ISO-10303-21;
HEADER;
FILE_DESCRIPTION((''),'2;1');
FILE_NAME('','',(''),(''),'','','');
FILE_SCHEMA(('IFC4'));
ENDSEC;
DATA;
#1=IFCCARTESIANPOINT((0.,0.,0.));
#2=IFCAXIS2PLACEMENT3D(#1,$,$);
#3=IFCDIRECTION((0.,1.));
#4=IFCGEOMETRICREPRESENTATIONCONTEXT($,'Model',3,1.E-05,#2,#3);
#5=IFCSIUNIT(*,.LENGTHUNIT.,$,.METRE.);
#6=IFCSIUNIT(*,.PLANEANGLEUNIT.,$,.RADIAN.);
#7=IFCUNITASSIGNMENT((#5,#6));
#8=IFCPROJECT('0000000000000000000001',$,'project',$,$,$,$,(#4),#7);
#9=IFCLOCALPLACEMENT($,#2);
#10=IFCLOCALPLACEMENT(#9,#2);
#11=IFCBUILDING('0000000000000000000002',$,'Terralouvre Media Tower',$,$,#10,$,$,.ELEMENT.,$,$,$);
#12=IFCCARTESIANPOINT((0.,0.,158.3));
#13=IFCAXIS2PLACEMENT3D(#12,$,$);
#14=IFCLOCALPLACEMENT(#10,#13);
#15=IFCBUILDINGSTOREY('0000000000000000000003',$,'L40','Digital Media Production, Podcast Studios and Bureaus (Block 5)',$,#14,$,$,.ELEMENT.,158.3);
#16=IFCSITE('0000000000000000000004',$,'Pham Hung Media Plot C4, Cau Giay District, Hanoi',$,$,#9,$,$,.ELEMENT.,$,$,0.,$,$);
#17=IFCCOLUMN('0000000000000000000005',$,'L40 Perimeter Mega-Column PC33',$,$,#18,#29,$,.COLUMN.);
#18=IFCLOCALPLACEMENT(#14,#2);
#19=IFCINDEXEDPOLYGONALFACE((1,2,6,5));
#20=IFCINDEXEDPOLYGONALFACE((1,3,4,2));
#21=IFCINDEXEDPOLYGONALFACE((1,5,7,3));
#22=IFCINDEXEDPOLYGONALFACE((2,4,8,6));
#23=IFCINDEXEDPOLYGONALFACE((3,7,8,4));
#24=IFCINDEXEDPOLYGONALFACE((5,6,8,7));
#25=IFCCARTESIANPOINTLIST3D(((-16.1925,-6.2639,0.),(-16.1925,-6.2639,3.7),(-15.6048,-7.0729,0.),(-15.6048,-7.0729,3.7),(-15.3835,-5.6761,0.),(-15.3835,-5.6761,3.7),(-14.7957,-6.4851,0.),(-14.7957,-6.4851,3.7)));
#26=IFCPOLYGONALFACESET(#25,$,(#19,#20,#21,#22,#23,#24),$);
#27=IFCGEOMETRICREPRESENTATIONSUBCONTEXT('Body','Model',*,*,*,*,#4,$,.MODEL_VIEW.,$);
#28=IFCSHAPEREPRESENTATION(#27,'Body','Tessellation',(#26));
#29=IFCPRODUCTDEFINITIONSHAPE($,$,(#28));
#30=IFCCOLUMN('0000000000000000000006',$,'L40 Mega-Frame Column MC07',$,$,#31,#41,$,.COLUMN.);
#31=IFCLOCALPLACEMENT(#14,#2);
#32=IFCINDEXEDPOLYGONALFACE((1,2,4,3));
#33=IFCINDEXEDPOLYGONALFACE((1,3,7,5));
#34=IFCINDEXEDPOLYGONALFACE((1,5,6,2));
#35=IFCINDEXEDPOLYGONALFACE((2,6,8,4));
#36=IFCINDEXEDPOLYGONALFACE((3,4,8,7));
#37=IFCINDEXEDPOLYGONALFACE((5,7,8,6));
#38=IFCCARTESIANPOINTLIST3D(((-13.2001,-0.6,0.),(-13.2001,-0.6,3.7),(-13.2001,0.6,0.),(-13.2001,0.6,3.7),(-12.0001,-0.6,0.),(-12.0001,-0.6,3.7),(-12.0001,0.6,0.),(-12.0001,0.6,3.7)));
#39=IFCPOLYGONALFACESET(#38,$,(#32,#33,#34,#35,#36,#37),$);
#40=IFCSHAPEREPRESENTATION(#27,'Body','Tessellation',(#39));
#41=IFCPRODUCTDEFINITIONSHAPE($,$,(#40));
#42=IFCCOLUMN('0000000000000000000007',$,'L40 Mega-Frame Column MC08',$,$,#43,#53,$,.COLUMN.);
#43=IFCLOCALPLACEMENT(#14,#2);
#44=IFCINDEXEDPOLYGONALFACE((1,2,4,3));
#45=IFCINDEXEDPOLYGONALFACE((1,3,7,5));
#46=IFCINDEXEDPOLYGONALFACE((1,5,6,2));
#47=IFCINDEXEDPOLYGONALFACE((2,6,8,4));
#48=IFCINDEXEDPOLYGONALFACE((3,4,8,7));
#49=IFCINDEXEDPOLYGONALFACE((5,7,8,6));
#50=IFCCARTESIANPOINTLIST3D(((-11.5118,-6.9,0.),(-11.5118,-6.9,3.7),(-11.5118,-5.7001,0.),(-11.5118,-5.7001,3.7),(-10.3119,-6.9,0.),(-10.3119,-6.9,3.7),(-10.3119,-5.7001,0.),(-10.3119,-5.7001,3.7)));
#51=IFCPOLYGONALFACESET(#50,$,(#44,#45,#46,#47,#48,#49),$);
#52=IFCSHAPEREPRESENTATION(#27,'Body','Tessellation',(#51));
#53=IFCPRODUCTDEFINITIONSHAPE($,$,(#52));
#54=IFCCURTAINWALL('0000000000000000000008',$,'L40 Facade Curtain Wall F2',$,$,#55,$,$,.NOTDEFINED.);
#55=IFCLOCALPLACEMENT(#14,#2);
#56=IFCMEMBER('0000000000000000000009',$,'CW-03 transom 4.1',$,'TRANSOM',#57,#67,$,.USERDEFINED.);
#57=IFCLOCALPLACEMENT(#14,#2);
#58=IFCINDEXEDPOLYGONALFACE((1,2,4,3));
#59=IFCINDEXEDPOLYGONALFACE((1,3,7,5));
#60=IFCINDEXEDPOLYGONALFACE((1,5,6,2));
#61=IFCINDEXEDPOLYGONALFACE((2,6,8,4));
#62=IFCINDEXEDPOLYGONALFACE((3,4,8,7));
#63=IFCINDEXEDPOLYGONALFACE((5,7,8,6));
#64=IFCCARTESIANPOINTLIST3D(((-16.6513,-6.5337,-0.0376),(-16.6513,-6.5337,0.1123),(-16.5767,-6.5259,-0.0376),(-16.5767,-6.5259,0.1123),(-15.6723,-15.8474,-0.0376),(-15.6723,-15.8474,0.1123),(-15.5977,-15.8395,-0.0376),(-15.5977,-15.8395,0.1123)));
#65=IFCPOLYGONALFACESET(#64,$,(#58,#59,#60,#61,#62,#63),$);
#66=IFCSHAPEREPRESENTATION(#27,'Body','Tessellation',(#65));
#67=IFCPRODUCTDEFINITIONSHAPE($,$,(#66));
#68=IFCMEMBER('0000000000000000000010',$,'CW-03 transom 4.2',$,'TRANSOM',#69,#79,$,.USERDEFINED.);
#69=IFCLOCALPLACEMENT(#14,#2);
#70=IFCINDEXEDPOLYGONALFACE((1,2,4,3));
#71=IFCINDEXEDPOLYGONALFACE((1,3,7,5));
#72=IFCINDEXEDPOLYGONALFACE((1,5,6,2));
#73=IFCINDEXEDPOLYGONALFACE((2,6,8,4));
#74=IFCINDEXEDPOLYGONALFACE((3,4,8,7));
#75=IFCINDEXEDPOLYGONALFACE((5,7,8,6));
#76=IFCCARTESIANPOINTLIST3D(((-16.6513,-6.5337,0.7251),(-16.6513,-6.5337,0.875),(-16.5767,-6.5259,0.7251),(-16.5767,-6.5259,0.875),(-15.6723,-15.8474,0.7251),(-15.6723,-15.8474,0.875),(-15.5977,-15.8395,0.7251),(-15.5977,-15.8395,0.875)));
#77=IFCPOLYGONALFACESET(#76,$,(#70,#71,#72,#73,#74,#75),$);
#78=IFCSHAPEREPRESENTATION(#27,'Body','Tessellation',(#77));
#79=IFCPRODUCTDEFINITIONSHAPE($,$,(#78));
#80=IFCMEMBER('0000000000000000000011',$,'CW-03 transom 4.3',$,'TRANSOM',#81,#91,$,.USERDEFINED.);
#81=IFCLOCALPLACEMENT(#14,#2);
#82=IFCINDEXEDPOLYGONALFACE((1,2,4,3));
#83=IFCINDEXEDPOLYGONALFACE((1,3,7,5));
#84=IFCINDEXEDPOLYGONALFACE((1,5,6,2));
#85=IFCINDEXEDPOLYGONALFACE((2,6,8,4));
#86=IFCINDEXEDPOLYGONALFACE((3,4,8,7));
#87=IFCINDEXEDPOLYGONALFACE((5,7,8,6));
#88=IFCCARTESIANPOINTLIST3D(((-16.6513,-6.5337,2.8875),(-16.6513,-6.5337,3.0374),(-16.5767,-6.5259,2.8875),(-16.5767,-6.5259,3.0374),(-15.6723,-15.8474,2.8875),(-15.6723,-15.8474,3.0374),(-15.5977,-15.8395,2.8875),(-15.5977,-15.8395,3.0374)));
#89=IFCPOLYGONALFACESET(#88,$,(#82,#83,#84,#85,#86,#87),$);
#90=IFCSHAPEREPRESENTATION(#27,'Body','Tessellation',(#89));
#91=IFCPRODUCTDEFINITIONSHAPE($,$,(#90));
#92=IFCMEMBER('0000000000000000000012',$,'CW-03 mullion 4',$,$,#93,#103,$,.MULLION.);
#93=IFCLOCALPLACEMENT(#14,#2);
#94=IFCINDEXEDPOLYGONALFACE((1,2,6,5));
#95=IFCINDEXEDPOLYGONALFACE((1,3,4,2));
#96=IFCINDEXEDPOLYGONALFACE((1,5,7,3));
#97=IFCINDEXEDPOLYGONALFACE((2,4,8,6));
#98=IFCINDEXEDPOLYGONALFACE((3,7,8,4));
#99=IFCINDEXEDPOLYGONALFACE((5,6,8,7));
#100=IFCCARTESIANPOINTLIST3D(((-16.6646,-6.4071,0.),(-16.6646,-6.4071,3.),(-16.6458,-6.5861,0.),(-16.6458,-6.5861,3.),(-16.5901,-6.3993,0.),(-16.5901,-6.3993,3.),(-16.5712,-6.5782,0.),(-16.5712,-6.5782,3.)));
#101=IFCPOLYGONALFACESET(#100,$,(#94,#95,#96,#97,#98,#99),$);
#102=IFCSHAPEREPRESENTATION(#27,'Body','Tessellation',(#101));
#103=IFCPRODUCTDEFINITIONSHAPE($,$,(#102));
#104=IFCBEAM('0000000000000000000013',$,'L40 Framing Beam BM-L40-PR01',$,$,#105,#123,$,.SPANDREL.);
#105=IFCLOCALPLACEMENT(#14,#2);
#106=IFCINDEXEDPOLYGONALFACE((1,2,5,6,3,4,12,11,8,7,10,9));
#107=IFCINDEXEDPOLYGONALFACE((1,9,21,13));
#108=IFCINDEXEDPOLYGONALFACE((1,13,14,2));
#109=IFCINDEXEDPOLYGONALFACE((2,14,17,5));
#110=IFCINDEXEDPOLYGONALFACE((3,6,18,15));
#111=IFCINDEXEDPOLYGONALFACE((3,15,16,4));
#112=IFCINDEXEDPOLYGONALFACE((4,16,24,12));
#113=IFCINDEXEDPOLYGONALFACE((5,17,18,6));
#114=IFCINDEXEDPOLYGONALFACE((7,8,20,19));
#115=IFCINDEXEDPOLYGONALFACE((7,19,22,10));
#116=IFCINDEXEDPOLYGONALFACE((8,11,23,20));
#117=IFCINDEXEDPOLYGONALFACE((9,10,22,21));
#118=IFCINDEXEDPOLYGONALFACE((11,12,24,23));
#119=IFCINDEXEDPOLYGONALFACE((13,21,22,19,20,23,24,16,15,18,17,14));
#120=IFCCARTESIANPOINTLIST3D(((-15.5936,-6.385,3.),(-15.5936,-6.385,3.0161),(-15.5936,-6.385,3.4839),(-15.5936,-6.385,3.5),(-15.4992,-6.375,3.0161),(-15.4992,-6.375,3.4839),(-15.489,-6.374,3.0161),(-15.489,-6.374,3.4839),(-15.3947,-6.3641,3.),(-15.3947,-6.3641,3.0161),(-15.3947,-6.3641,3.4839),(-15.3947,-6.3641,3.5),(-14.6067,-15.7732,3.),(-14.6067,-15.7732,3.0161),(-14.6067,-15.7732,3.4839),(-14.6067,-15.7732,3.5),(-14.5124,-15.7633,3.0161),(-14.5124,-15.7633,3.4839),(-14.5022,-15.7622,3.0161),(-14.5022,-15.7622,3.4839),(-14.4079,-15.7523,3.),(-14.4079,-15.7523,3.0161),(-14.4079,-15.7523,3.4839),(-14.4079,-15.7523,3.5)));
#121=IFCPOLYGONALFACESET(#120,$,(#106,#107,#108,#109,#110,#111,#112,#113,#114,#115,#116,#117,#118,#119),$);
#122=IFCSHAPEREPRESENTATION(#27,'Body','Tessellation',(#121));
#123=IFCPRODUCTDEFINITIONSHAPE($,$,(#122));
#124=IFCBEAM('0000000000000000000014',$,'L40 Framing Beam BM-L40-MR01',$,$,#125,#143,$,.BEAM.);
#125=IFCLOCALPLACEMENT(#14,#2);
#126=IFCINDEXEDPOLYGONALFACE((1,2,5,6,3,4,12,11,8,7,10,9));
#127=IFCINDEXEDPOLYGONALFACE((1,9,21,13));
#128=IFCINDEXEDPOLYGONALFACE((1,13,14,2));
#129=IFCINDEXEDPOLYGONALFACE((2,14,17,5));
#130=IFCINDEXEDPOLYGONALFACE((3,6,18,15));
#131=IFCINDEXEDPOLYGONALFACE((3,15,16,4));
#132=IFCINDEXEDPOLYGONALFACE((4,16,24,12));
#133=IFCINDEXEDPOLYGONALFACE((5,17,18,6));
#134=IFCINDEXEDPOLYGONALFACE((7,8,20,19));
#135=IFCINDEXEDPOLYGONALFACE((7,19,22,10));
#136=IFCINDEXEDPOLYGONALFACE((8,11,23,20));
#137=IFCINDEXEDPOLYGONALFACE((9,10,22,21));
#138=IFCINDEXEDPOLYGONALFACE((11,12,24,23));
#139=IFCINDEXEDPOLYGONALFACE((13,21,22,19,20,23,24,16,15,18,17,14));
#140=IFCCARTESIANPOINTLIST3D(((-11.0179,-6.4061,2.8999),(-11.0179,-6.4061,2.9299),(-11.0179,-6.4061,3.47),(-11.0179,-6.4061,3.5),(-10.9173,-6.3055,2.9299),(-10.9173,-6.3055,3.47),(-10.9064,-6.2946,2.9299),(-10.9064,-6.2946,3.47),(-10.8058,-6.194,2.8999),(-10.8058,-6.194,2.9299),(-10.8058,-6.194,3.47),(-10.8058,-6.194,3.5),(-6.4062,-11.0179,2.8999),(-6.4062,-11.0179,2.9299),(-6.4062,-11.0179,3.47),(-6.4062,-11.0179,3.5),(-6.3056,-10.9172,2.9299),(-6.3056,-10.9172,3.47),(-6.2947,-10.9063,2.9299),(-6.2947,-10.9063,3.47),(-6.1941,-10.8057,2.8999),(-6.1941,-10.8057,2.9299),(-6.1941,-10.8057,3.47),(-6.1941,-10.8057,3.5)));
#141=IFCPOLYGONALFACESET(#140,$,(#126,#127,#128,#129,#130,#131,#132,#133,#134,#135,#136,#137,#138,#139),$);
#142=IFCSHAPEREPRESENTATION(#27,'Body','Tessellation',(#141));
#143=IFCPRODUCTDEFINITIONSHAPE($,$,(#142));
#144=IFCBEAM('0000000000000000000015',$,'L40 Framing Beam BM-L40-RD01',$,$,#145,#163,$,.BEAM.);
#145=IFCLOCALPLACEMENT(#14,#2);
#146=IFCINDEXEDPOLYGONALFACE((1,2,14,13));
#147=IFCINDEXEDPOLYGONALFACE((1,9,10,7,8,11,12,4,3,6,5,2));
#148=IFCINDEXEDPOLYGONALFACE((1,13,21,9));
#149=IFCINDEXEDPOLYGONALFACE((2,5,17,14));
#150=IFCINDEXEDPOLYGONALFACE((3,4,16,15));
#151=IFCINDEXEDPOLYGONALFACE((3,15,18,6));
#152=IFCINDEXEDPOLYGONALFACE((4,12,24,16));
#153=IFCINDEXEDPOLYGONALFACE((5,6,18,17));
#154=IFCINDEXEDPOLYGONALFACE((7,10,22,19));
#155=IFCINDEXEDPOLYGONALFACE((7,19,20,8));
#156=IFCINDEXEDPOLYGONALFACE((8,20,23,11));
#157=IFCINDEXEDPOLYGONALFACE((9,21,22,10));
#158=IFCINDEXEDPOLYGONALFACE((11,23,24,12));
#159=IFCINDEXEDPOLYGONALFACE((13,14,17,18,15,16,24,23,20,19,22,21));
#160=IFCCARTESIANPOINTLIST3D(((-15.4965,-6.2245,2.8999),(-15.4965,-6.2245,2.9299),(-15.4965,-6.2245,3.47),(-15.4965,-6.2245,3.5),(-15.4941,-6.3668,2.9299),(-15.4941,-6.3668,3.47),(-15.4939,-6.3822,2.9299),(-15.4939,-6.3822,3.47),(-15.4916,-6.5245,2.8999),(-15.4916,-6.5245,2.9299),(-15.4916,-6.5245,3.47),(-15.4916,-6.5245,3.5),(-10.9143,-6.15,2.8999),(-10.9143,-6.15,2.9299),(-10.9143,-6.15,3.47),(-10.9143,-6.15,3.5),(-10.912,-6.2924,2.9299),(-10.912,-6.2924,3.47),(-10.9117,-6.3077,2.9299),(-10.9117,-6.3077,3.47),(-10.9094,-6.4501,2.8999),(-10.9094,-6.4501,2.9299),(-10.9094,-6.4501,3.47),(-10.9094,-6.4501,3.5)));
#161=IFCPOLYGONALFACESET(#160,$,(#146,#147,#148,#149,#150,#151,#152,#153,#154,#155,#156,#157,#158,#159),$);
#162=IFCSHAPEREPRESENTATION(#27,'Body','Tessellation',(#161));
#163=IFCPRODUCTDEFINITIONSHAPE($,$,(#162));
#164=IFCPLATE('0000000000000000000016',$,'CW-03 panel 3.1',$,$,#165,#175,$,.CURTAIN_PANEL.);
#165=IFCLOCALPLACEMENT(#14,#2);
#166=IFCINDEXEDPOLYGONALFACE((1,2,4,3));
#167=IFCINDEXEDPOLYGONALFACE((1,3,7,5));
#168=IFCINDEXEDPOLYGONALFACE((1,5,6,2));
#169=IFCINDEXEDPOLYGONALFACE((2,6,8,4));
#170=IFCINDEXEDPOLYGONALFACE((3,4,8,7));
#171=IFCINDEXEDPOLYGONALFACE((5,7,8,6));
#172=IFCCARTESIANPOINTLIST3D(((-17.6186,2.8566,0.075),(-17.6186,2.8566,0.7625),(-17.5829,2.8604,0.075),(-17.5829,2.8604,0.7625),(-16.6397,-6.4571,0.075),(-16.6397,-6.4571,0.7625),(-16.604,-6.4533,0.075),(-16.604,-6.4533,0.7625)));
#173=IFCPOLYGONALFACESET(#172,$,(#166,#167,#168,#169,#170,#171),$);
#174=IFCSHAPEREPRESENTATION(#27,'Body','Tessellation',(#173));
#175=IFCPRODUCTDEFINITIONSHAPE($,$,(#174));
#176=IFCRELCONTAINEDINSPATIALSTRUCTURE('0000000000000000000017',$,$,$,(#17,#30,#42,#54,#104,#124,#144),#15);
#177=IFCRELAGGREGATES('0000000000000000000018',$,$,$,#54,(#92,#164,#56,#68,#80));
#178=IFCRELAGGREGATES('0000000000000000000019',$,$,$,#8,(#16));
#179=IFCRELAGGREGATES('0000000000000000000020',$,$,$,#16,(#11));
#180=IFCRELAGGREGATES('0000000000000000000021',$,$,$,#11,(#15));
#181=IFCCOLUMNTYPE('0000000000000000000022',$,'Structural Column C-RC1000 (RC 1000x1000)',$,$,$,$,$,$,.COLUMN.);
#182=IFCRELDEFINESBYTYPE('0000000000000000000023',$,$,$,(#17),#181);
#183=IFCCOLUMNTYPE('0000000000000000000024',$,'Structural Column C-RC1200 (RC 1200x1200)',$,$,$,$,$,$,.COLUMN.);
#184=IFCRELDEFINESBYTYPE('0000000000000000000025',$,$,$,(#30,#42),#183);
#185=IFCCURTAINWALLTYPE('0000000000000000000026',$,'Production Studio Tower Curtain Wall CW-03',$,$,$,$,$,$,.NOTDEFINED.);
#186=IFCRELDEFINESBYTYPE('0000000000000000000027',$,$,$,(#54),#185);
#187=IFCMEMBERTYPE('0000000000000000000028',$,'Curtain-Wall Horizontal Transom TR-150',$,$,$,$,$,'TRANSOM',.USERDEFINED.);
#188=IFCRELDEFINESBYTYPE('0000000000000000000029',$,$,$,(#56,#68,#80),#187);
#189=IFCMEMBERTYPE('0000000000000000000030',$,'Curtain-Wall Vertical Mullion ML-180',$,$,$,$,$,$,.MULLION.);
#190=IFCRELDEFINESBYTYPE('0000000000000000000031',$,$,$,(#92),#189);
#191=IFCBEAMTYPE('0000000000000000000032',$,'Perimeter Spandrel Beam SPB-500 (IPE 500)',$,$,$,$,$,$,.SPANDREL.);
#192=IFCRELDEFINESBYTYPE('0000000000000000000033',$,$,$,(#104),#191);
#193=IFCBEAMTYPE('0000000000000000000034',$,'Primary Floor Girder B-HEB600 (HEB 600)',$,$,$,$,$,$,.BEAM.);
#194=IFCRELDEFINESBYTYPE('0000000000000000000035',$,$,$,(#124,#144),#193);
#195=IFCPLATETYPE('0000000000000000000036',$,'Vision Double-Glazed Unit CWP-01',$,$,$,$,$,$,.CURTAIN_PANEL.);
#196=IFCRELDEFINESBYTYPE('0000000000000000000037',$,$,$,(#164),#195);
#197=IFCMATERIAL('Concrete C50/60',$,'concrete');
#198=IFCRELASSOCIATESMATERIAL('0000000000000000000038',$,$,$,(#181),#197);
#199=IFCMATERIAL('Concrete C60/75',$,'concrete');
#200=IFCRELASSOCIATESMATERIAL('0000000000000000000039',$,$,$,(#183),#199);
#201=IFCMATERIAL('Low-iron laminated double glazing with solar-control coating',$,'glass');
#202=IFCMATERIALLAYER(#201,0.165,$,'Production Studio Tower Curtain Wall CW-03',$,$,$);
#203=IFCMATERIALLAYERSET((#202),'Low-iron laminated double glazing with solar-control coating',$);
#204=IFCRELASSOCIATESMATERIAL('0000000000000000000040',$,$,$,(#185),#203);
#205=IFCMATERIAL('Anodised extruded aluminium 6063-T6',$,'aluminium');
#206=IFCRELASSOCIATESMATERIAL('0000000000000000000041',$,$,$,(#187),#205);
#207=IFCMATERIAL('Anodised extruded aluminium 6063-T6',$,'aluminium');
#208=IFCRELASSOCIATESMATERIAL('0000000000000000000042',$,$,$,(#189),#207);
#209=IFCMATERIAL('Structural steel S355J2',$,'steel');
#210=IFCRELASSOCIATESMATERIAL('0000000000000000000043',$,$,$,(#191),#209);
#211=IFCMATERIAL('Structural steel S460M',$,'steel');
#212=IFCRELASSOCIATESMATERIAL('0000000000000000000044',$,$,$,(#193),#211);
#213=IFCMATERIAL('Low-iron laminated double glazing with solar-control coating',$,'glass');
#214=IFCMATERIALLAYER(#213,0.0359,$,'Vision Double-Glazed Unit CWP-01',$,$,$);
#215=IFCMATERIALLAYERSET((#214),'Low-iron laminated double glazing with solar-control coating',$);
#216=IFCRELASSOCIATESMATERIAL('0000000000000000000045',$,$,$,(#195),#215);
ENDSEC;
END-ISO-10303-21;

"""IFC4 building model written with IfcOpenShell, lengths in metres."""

from ifc_helpers import new_model, si_unit, direction, frame, origin, origin_2d, place, context, subcontext, project, spatial, rectangle, i_section, extrude, material, layer, layer_set, material_profile, profile_set, type_object, element, aggregate, save


model = new_model("IFC4")

# Units and contexts
model_context = context("Model", 3, precision=1e-05, world=origin(), true_north=direction((0.0, 1.0)))
body_context = subcontext(model_context, "Body", "Model", "MODEL_VIEW")
ifc_project = project(units=[si_unit("LENGTHUNIT", "METRE"), si_unit("PLANEANGLEUNIT", "RADIAN")], contexts=[model_context])

# Site, building, storey
site_placement = place(None, origin())
site = spatial("IfcSite", under=ifc_project, at=site_placement, Name="Pham Hung Media Plot C4, Cau Giay District, Hanoi", CompositionType="ELEMENT", RefElevation=0.0)
building_placement = place(site_placement, origin())
building = spatial("IfcBuilding", under=site, at=building_placement, Name="Terralouvre Media Tower", CompositionType="ELEMENT")
storey_placement = place(building_placement, frame((0.0, 0.0, 158.3)))
storey = spatial("IfcBuildingStorey", under=building, at=storey_placement, Name="L40", Description="Digital Media Production, Podcast Studios and Bureaus (Block 5)", CompositionType="ELEMENT", Elevation=158.3)

# Columns
ifc_material_1 = material(Name="Concrete C50/60", Category="concrete")
ifc_material_profile_1 = material_profile(ifc_material_1, rectangle(XDim=1.0, YDim=1.0, at=origin_2d()), Name="RC 1000x1000")
ifc_profile_set_1 = profile_set([ifc_material_profile_1], Name="Concrete C50/60")
column_type_1 = type_object("IfcColumnType", Name="Structural Column C-RC1000 (RC 1000x1000)", PredefinedType="COLUMN", material=ifc_profile_set_1)
column_placement = place(storey_placement, frame((-15.4941, -6.3745, 0.0), z_axis=(0.0, 0.0, 1.0), x_axis=(0.809017, 0.587785, 0.0)))
element("IfcColumn", 1, at=column_placement, inside=storey, type_object=column_type_1, Name="L40 Perimeter Mega-Column PC33", PredefinedType="COLUMN", context=body_context, shape_type="SweptSolid", body=[
    extrude(rectangle(XDim=1.0, YDim=1.0, at=origin_2d()), origin(), (0.0, 0.0, 1.0), 3.7),
])
ifc_material_2 = material(Name="Concrete C60/75", Category="concrete")
ifc_material_profile_2 = material_profile(ifc_material_2, rectangle(XDim=1.2, YDim=1.2, at=origin_2d()), Name="RC 1200x1200")
ifc_profile_set_2 = profile_set([ifc_material_profile_2], Name="Concrete C60/75")
column_type_2 = type_object("IfcColumnType", Name="Structural Column C-RC1200 (RC 1200x1200)", PredefinedType="COLUMN", material=ifc_profile_set_2)
for number, where, z_axis, x_axis, name in (
    (2, (-12.6001, 0.0, 0.0), (0.0, 0.0, 1.0), (1.0, 0.0, 0.0), "L40 Mega-Frame Column MC07"),
    (3, (-10.9119, -6.3, 0.0), (0.0, 0.0, 1.0), (1.0, 0.0, 0.0), "L40 Mega-Frame Column MC08"),
):
    element("IfcColumn", number, at=place(storey_placement, frame(where, z_axis=z_axis, x_axis=x_axis)), inside=storey, type_object=column_type_2, Name=name, PredefinedType="COLUMN", context=body_context, shape_type="SweptSolid", body=[
        extrude(rectangle(XDim=1.2, YDim=1.2, at=origin_2d()), origin(), (0.0, 0.0, 1.0), 3.7),
    ])

# Curtain wall, members
ifc_material_3 = material(Name="Low-iron laminated double glazing with solar-control coating", Category="glass")
ifc_layer_1 = layer(ifc_material_3, 0.165, Name="Production Studio Tower Curtain Wall CW-03")
ifc_layer_set_1 = layer_set([ifc_layer_1], Name="Low-iron laminated double glazing with solar-control coating")
curtain_wall_type = type_object("IfcCurtainWallType", Name="Production Studio Tower Curtain Wall CW-03", PredefinedType="NOTDEFINED", material=ifc_layer_set_1)
curtain_wall_placement = place(storey_placement, origin())
curtain_wall = element("IfcCurtainWall", 4, at=curtain_wall_placement, inside=storey, type_object=curtain_wall_type, Name="L40 Facade Curtain Wall F2", PredefinedType="NOTDEFINED")
ifc_material_4 = material(Name="Anodised extruded aluminium 6063-T6", Category="aluminium")
ifc_material_profile_3 = material_profile(ifc_material_4, rectangle(XDim=0.075, YDim=0.1499, at=origin_2d()), Name="ALU 75x150")
ifc_profile_set_3 = profile_set([ifc_material_profile_3], Name="Anodised extruded aluminium 6063-T6")
member_type_1 = type_object("IfcMemberType", Name="Curtain-Wall Horizontal Transom TR-150", ElementType="TRANSOM", PredefinedType="USERDEFINED", material=ifc_profile_set_3)
member_1_placement = place(storey_placement, frame((-16.614, -6.5298, 0.0374), z_axis=(0.104538, -0.994521, 0.0), x_axis=(0.994521, 0.104538, 0.0)))
member_1 = element("IfcMember", 5, at=member_1_placement, type_object=member_type_1, Name="CW-03 transom 4.1", ObjectType="TRANSOM", PredefinedType="USERDEFINED", context=body_context, shape_type="SweptSolid", body=[
    extrude(rectangle(XDim=0.075, YDim=0.1499, at=origin_2d()), origin(), (0.0, 0.0, 1.0), 9.365),
])
member_2_placement = place(storey_placement, frame((-16.614, -6.5298, 0.8), z_axis=(0.104538, -0.994521, 0.0), x_axis=(0.994521, 0.104538, 0.0)))
member_2 = element("IfcMember", 6, at=member_2_placement, type_object=member_type_1, Name="CW-03 transom 4.2", ObjectType="TRANSOM", PredefinedType="USERDEFINED", context=body_context, shape_type="SweptSolid", body=[
    extrude(rectangle(XDim=0.075, YDim=0.1499, at=origin_2d()), origin(), (0.0, 0.0, 1.0), 9.365),
])
member_3_placement = place(storey_placement, frame((-16.614, -6.5298, 2.9624), z_axis=(0.104538, -0.994521, 0.0), x_axis=(0.994521, 0.104538, 0.0)))
member_3 = element("IfcMember", 7, at=member_3_placement, type_object=member_type_1, Name="CW-03 transom 4.3", ObjectType="TRANSOM", PredefinedType="USERDEFINED", context=body_context, shape_type="SweptSolid", body=[
    extrude(rectangle(XDim=0.075, YDim=0.1499, at=origin_2d()), origin(), (0.0, 0.0, 1.0), 9.365),
])
ifc_material_5 = material(Name="Anodised extruded aluminium 6063-T6", Category="aluminium")
ifc_material_profile_4 = material_profile(ifc_material_5, rectangle(XDim=0.075, YDim=0.1799, at=origin_2d()), Name="ALU 75x180")
ifc_profile_set_4 = profile_set([ifc_material_profile_4], Name="Anodised extruded aluminium 6063-T6")
member_type_2 = type_object("IfcMemberType", Name="Curtain-Wall Vertical Mullion ML-180", PredefinedType="MULLION", material=ifc_profile_set_4)
member_4_placement = place(storey_placement, frame((-16.6179, -6.4927, 0.0), z_axis=(0.0, 0.0, 1.0), x_axis=(0.994522, 0.104528, 0.0)))
member_4 = element("IfcMember", 8, at=member_4_placement, type_object=member_type_2, Name="CW-03 mullion 4", PredefinedType="MULLION", context=body_context, shape_type="SweptSolid", body=[
    extrude(rectangle(XDim=0.075, YDim=0.1799, at=origin_2d()), origin(), (0.0, 0.0, 1.0), 3.0),
])

# Beams
ifc_material_6 = material(Name="Structural steel S355J2", Category="steel")
ifc_material_profile_5 = material_profile(ifc_material_6, i_section(OverallWidth=0.2, OverallDepth=0.5, WebThickness=0.0103, FlangeThickness=0.0161, at=origin_2d()), Name="IPE 500")
ifc_profile_set_5 = profile_set([ifc_material_profile_5], Name="Structural steel S355J2")
beam_type_1 = type_object("IfcBeamType", Name="Perimeter Spandrel Beam SPB-500 (IPE 500)", PredefinedType="SPANDREL", material=ifc_profile_set_5)
beam_1_placement = place(storey_placement, frame((-15.4941, -6.3745, 3.25), z_axis=(0.104537, -0.994521, 0.0), x_axis=(0.994521, 0.104537, 0.0)))
element("IfcBeam", 9, at=beam_1_placement, inside=storey, type_object=beam_type_1, Name="L40 Framing Beam BM-L40-PR01", PredefinedType="SPANDREL", context=body_context, shape_type="SweptSolid", body=[
    extrude(i_section(OverallWidth=0.2, OverallDepth=0.5, WebThickness=0.0103, FlangeThickness=0.0161, at=origin_2d()), origin(), (0.0, 0.0, 1.0), 9.4399),
])
ifc_material_7 = material(Name="Structural steel S460M", Category="steel")
ifc_material_profile_6 = material_profile(ifc_material_7, i_section(OverallWidth=0.3, OverallDepth=0.6001, WebThickness=0.0154, FlangeThickness=0.03, at=origin_2d()), Name="HEB 600")
ifc_profile_set_6 = profile_set([ifc_material_profile_6], Name="Structural steel S460M")
beam_type_2 = type_object("IfcBeamType", Name="Primary Floor Girder B-HEB600 (HEB 600)", PredefinedType="BEAM", material=ifc_profile_set_6)
beam_2_placement = place(storey_placement, frame((-10.9119, -6.3, 3.2), z_axis=(0.707107, -0.707107, 0.0), x_axis=(0.707107, 0.707107, 0.0)))
element("IfcBeam", 10, at=beam_2_placement, inside=storey, type_object=beam_type_2, Name="L40 Framing Beam BM-L40-MR01", PredefinedType="BEAM", context=body_context, shape_type="SweptSolid", body=[
    extrude(i_section(OverallWidth=0.3, OverallDepth=0.6001, WebThickness=0.0154, FlangeThickness=0.03, at=origin_2d()), origin(), (0.0, 0.0, 1.0), 6.522),
])
beam_3_placement = place(storey_placement, frame((-10.9119, -6.3, 3.2), z_axis=(-0.999868, -0.016248, 0.0), x_axis=(0.016248, -0.999868, 0.0)))
element("IfcBeam", 11, at=beam_3_placement, inside=storey, type_object=beam_type_2, Name="L40 Framing Beam BM-L40-RD01", PredefinedType="BEAM", context=body_context, shape_type="SweptSolid", body=[
    extrude(i_section(OverallWidth=0.3, OverallDepth=0.6001, WebThickness=0.0154, FlangeThickness=0.03, at=origin_2d()), origin(), (0.0, 0.0, 1.0), 4.5828),
])

# Plate
ifc_material_8 = material(Name="Low-iron laminated double glazing with solar-control coating", Category="glass")
ifc_layer_2 = layer(ifc_material_8, 0.0359, Name="Vision Double-Glazed Unit CWP-01")
ifc_layer_set_2 = layer_set([ifc_layer_2], Name="Low-iron laminated double glazing with solar-control coating")
plate_type = type_object("IfcPlateType", Name="Vision Double-Glazed Unit CWP-01", PredefinedType="CURTAIN_PANEL", material=ifc_layer_set_2)
plate_1_placement = place(storey_placement, frame((-17.1113, -1.7983, 0.075), z_axis=(0.0, 0.0, 1.0), x_axis=(0.104528, -0.994522, 0.0)))
plate_1 = element("IfcPlate", 12, at=plate_1_placement, type_object=plate_type, Name="CW-03 panel 3.1", PredefinedType="CURTAIN_PANEL", context=body_context, shape_type="SweptSolid", body=[
    extrude(rectangle(XDim=9.365, YDim=0.0359, at=origin_2d()), origin(), (0.0, 0.0, 1.0), 0.6875),
])
aggregate(curtain_wall, [member_4, plate_1, member_1, member_2, member_3])

save(model, "model.ifc")
